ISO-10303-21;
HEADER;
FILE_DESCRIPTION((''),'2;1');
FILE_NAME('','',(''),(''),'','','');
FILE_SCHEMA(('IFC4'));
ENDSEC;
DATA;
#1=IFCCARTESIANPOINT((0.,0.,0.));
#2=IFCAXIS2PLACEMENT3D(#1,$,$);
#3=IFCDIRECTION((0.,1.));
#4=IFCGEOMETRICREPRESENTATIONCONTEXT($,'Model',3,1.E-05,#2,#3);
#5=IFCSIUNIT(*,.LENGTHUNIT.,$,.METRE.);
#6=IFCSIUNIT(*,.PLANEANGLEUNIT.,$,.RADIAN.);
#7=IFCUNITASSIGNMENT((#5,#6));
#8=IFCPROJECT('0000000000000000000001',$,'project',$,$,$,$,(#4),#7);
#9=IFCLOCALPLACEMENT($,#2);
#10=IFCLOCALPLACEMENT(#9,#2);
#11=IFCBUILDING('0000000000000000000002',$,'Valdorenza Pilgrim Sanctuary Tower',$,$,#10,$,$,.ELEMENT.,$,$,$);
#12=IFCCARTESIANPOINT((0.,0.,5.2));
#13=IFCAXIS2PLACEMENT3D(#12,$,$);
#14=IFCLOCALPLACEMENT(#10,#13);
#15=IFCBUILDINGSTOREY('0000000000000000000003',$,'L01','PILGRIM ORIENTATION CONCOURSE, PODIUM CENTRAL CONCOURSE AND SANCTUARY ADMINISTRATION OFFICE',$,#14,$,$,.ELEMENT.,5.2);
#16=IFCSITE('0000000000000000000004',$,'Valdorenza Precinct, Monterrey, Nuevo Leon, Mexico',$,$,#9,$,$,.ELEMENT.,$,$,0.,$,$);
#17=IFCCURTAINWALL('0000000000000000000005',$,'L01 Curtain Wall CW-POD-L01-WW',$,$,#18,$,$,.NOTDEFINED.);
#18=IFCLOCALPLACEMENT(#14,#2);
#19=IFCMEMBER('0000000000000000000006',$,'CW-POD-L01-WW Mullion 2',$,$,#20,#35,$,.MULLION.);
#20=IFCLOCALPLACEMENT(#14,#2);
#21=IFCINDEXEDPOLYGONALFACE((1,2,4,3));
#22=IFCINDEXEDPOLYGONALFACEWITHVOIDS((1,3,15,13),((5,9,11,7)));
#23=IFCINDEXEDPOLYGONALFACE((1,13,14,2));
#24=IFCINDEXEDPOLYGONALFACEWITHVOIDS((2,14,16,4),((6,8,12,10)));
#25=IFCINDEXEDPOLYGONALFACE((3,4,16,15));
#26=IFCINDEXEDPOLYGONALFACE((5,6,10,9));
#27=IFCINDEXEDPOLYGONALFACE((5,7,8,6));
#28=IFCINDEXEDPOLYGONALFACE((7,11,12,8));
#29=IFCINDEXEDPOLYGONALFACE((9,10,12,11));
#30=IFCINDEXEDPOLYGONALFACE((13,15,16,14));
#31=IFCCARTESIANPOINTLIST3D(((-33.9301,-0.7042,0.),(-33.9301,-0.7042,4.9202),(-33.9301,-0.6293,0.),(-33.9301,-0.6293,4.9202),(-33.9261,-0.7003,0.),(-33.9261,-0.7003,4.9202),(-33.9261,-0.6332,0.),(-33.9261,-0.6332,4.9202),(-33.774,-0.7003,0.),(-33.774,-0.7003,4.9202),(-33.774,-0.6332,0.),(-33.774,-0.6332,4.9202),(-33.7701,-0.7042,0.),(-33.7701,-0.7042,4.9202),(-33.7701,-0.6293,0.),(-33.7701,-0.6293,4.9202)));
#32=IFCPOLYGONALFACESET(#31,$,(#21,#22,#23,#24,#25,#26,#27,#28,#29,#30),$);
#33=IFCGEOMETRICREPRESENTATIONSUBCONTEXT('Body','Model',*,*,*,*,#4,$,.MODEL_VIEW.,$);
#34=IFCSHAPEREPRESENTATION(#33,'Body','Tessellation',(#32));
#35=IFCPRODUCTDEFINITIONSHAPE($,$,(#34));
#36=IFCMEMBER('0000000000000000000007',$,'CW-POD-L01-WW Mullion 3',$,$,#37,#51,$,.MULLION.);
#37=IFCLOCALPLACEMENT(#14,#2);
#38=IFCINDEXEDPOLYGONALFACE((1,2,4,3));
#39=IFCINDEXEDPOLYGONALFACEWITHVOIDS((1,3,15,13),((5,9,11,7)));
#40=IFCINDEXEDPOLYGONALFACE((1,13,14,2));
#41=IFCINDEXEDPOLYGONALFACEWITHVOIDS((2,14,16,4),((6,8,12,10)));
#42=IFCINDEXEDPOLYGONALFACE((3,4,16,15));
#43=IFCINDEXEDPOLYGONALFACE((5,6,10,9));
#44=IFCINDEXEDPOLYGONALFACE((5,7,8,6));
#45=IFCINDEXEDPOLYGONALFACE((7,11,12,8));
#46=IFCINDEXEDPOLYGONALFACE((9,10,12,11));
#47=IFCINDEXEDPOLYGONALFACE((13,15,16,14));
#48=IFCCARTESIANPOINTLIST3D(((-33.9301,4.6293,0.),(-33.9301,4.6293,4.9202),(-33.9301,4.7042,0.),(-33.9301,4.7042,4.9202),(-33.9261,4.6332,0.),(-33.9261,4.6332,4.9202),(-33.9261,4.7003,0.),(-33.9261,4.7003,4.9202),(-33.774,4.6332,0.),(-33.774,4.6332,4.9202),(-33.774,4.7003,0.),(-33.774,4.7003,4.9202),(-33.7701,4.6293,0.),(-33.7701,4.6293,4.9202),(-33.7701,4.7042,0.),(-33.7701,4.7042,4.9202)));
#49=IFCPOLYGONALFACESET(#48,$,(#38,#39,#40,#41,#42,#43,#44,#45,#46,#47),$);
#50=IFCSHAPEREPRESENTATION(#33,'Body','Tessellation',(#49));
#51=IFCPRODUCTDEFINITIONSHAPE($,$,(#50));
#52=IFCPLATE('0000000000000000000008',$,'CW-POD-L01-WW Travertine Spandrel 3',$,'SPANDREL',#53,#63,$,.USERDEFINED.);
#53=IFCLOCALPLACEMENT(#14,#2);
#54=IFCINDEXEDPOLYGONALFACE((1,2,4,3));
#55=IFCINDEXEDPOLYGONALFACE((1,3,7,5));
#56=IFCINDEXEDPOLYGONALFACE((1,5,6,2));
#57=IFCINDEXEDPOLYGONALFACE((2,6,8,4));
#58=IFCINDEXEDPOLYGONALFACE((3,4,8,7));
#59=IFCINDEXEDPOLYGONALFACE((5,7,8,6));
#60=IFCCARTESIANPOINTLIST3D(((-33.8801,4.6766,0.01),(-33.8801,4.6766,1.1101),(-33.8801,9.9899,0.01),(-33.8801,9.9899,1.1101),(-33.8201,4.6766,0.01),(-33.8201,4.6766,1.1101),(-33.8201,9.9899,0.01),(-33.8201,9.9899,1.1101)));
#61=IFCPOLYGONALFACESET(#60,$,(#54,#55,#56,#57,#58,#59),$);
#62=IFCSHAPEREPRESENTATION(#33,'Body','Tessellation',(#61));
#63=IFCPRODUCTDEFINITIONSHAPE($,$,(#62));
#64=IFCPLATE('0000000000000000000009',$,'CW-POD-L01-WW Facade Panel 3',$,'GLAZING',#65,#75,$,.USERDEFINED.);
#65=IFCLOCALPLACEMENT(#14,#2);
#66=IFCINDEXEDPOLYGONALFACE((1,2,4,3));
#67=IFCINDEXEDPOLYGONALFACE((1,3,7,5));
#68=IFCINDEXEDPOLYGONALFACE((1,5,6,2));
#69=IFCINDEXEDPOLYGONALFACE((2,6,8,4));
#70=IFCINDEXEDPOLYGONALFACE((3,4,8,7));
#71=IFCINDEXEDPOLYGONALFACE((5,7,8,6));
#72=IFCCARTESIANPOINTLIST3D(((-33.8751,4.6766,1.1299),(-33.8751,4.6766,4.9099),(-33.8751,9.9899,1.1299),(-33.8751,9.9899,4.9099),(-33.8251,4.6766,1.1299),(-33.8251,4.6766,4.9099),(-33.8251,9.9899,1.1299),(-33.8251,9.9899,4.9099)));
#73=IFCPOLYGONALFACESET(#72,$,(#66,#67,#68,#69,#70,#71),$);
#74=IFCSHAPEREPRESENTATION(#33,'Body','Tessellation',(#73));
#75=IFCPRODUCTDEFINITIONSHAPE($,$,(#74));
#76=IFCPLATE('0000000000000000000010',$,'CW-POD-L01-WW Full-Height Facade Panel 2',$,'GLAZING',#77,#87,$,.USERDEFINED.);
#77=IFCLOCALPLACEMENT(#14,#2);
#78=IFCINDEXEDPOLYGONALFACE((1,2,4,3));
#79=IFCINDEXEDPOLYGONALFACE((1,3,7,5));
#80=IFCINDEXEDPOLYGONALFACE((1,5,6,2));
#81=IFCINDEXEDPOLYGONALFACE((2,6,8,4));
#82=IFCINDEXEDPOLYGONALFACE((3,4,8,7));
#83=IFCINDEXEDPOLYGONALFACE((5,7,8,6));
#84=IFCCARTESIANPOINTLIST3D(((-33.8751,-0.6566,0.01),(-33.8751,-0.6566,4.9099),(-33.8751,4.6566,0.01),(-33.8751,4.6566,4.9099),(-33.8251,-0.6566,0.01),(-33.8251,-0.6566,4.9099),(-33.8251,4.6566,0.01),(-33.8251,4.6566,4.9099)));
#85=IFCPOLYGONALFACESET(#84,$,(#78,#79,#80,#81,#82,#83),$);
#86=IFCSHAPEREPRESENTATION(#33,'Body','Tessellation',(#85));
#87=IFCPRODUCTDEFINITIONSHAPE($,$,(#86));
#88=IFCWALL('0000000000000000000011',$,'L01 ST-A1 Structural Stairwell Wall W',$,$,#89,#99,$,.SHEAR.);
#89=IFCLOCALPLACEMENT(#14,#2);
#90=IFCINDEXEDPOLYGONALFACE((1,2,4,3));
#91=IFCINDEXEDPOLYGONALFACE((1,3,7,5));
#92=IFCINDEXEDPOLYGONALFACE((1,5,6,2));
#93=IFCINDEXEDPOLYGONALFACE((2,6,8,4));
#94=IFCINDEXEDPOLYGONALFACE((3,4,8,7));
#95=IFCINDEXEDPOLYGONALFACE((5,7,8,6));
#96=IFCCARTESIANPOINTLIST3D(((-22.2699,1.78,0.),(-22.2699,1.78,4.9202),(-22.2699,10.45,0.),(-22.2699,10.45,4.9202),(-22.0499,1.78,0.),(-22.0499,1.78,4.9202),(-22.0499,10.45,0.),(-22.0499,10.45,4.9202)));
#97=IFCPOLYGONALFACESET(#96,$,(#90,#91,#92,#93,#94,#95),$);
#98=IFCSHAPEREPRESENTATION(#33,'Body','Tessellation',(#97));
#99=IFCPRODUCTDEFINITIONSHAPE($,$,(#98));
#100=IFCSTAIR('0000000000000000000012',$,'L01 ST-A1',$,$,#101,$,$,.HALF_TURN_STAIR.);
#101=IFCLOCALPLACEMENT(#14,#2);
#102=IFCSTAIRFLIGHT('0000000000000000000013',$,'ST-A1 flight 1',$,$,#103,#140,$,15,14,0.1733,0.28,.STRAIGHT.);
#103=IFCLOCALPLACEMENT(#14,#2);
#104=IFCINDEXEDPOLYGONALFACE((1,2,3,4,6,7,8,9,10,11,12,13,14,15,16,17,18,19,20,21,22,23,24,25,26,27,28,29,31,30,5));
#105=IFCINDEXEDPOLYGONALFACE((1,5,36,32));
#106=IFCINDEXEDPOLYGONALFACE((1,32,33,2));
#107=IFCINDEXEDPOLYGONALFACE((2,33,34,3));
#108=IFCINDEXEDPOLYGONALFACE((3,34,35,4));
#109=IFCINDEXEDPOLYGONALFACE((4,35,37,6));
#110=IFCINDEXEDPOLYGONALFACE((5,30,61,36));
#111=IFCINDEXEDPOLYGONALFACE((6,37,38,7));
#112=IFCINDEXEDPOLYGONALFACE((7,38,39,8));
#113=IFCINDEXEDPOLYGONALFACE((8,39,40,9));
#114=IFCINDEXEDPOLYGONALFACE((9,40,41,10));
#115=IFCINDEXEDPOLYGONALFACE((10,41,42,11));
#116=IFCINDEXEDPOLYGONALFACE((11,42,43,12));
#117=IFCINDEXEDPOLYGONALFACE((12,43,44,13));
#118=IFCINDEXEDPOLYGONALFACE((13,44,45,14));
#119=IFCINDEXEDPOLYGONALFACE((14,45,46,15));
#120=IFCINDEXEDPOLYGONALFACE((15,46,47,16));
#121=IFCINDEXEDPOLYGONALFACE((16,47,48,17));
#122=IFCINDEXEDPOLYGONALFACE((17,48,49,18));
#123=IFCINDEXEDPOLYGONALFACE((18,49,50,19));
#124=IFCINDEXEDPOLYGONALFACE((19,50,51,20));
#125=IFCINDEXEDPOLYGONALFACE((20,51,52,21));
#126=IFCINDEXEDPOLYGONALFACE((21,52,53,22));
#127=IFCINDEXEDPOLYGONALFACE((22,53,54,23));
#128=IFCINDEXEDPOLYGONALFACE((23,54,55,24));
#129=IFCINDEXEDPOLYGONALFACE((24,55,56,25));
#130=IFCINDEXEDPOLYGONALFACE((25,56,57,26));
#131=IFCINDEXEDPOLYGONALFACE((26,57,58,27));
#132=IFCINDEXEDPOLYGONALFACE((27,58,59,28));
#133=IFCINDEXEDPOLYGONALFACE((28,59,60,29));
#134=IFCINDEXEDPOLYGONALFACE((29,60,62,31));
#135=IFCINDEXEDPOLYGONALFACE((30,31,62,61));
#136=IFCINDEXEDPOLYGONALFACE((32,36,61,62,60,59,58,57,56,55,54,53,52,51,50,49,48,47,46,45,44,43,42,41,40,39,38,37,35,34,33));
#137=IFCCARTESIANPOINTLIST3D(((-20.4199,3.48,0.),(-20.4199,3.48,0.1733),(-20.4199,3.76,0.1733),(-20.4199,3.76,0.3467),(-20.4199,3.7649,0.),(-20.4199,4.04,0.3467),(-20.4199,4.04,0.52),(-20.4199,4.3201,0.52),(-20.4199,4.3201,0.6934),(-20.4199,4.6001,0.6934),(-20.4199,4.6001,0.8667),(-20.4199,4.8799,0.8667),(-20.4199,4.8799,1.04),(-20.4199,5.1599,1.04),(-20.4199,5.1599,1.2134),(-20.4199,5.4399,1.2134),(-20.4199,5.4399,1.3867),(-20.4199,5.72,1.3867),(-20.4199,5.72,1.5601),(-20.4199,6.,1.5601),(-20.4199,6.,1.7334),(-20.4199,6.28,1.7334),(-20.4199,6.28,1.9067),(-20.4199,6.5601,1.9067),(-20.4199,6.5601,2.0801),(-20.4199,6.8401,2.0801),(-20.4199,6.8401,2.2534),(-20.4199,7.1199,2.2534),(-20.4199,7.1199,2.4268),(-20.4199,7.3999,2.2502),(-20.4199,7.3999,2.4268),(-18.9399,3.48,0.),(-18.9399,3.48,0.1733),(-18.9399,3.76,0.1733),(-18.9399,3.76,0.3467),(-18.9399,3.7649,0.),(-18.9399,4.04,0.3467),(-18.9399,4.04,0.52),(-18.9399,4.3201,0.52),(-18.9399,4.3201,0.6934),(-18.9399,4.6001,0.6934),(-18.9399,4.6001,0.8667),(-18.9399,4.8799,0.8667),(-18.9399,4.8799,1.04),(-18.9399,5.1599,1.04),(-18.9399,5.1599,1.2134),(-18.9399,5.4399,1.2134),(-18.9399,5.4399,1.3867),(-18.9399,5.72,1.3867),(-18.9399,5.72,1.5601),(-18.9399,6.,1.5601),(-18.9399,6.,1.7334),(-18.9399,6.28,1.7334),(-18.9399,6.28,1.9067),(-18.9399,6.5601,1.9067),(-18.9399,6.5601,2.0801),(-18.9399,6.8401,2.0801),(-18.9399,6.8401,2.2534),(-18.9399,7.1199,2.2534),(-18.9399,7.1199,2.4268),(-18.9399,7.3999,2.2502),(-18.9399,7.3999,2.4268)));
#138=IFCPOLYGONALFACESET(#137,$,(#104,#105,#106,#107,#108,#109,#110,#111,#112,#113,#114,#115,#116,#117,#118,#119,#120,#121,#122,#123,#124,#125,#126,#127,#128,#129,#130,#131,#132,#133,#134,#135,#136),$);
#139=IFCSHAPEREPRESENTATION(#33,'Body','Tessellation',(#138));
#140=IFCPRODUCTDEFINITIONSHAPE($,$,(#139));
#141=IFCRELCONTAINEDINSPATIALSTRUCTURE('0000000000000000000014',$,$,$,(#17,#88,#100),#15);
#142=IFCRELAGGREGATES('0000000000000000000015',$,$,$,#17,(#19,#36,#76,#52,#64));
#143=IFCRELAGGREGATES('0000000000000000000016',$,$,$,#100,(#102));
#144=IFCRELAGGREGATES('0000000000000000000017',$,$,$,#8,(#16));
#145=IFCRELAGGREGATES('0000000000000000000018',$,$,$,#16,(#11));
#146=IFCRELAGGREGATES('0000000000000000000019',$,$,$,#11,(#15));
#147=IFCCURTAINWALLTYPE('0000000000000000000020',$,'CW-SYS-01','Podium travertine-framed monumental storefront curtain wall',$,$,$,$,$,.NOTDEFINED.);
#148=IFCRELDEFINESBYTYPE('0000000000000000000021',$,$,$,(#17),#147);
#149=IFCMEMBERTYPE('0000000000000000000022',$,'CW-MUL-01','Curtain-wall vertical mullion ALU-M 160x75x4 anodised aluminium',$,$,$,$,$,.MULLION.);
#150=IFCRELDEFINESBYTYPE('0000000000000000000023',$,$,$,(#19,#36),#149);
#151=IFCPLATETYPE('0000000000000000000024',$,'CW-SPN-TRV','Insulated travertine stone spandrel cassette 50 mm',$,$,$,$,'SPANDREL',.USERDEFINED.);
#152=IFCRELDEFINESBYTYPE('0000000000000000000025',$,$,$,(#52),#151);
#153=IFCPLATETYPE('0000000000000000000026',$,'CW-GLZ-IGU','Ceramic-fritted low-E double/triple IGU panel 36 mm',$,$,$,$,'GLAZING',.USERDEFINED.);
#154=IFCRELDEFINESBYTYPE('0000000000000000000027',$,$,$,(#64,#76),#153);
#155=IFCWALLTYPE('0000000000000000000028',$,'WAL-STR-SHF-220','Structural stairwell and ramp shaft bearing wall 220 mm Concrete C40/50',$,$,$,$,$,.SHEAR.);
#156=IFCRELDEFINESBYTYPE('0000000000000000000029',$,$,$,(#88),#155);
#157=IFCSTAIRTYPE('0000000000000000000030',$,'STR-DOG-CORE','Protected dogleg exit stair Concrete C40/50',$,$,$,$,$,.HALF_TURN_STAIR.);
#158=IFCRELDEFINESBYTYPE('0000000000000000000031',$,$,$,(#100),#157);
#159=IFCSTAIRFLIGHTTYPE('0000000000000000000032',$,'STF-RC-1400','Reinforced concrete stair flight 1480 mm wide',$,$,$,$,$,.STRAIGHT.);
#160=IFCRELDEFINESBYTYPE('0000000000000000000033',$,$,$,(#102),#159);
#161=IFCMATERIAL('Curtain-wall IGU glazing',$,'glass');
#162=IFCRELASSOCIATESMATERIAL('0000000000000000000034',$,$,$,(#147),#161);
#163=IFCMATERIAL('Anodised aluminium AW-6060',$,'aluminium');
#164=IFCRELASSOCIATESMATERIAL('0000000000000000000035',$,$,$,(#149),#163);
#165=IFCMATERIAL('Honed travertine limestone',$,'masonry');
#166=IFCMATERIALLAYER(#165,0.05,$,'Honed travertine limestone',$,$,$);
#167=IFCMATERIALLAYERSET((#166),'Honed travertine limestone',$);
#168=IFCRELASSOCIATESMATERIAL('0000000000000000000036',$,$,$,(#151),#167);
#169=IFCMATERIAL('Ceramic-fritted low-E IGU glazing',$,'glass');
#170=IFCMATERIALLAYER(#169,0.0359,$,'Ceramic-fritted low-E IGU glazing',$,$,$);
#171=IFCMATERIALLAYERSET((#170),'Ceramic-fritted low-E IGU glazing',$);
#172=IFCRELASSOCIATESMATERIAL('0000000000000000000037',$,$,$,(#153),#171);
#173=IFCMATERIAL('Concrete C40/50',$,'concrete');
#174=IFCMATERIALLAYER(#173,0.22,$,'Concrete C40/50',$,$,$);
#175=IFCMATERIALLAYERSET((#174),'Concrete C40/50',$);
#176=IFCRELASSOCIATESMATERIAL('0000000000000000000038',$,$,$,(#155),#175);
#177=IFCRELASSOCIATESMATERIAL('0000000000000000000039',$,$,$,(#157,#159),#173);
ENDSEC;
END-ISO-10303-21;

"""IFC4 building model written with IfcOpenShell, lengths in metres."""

from ifc_helpers import new_model, si_unit, direction, frame, frame_2d, origin, origin_2d, place, context, subcontext, project, spatial, polyline, rectangle, hollow_rectangle, outline, extrude, source, transform, mapped, material, layer, layer_set, material_profile, profile_set, type_object, element, aggregate, save


model = new_model("IFC4")

# Units and contexts
model_context = context("Model", 3, precision=1e-05, world=origin(), true_north=direction((0.0, 1.0)))
body_context = subcontext(model_context, "Body", "Model", "MODEL_VIEW")
ifc_project = project(units=[si_unit("LENGTHUNIT", "METRE"), si_unit("PLANEANGLEUNIT", "RADIAN")], contexts=[model_context])

# Site, building, storey
site_placement = place(None, origin())
site = spatial("IfcSite", under=ifc_project, at=site_placement, Name="Valdorenza Precinct, Monterrey, Nuevo Leon, Mexico", CompositionType="ELEMENT", RefElevation=0.0)
building_placement = place(site_placement, origin())
building = spatial("IfcBuilding", under=site, at=building_placement, Name="Valdorenza Pilgrim Sanctuary Tower", CompositionType="ELEMENT")
storey_placement = place(building_placement, frame((0.0, 0.0, 5.2)))
storey = spatial("IfcBuildingStorey", under=building, at=storey_placement, Name="L01", Description="PILGRIM ORIENTATION CONCOURSE, PODIUM CENTRAL CONCOURSE AND SANCTUARY ADMINISTRATION OFFICE", CompositionType="ELEMENT", Elevation=5.2)

# Curtain wall, members, plates
ifc_material_1 = material(Name="Curtain-wall IGU glazing", Category="glass")
curtain_wall_type = type_object("IfcCurtainWallType", Name="CW-SYS-01", Description="Podium travertine-framed monumental storefront curtain wall", PredefinedType="NOTDEFINED", material=ifc_material_1)
curtain_wall_placement = place(storey_placement, origin())
curtain_wall = element("IfcCurtainWall", 1, at=curtain_wall_placement, inside=storey, type_object=curtain_wall_type, Name="L01 Curtain Wall CW-POD-L01-WW", PredefinedType="NOTDEFINED")
ifc_material_2 = material(Name="Anodised aluminium AW-6060", Category="aluminium")
ifc_material_profile_1 = material_profile(ifc_material_2, hollow_rectangle(XDim=0.075, YDim=0.1599, WallThickness=0.0039, at=origin_2d()), Name="ALU-M 160x75x4")
ifc_profile_set_1 = profile_set([ifc_material_profile_1], Name="Anodised aluminium AW-6060")
member_type = type_object("IfcMemberType", Name="CW-MUL-01", Description="Curtain-wall vertical mullion ALU-M 160x75x4 anodised aluminium", PredefinedType="MULLION", material=ifc_profile_set_1)
shared_shape_1 = source(origin(), body_context, "Body", "SweptSolid", [
    extrude(hollow_rectangle(XDim=0.075, YDim=0.1599, WallThickness=0.0039, at=origin_2d()), origin(), (0.0, 0.0, 1.0), 4.9202),
])
member_1_placement = place(storey_placement, frame((-33.8501, -0.6667, 0.0), z_axis=(0.0, 0.0, 1.0), x_axis=(0.0, 1.0, 0.0)))
member_1 = element("IfcMember", 2, at=member_1_placement, type_object=member_type, Name="CW-POD-L01-WW Mullion 2", PredefinedType="MULLION", context=body_context, shape_type="MappedRepresentation", body=[
    mapped(shared_shape_1, transform((0.0, 0.0, 0.0), x_axis=(1.0, 0.0, 0.0), y_axis=(0.0, 1.0, 0.0), z_axis=(0.0, 0.0, 1.0), scale=1.0)),
])
member_2_placement = place(storey_placement, frame((-33.8501, 4.6667, 0.0), z_axis=(0.0, 0.0, 1.0), x_axis=(0.0, 1.0, 0.0)))
member_2 = element("IfcMember", 3, at=member_2_placement, type_object=member_type, Name="CW-POD-L01-WW Mullion 3", PredefinedType="MULLION", context=body_context, shape_type="MappedRepresentation", body=[
    mapped(shared_shape_1, transform((0.0, 0.0, 0.0), x_axis=(1.0, 0.0, 0.0), y_axis=(0.0, 1.0, 0.0), z_axis=(0.0, 0.0, 1.0), scale=1.0)),
])
ifc_material_3 = material(Name="Honed travertine limestone", Category="masonry")
ifc_layer_1 = layer(ifc_material_3, 0.05, Name="Honed travertine limestone")
ifc_layer_set_1 = layer_set([ifc_layer_1], Name="Honed travertine limestone")
plate_type_1 = type_object("IfcPlateType", Name="CW-SPN-TRV", Description="Insulated travertine stone spandrel cassette 50 mm", ElementType="SPANDREL", PredefinedType="USERDEFINED", material=ifc_layer_set_1)
shared_shape_2 = source(origin(), body_context, "Body", "SweptSolid", [
    extrude(rectangle(XDim=5.3132, YDim=0.0601, at=origin_2d()), origin(), (0.0, 0.0, 1.0), 1.1001),
])
plate_1_placement = place(storey_placement, frame((-33.8501, 7.3333, 0.01), z_axis=(0.0, 0.0, 1.0), x_axis=(0.0, 1.0, 0.0)))
plate_1 = element("IfcPlate", 4, at=plate_1_placement, type_object=plate_type_1, Name="CW-POD-L01-WW Travertine Spandrel 3", ObjectType="SPANDREL", PredefinedType="USERDEFINED", context=body_context, shape_type="MappedRepresentation", body=[
    mapped(shared_shape_2, transform((0.0, 0.0, 0.0), x_axis=(1.0, 0.0, 0.0), y_axis=(0.0, 1.0, 0.0), z_axis=(0.0, 0.0, 1.0), scale=1.0)),
])
ifc_material_4 = material(Name="Ceramic-fritted low-E IGU glazing", Category="glass")
ifc_layer_2 = layer(ifc_material_4, 0.0359, Name="Ceramic-fritted low-E IGU glazing")
ifc_layer_set_2 = layer_set([ifc_layer_2], Name="Ceramic-fritted low-E IGU glazing")
plate_type_2 = type_object("IfcPlateType", Name="CW-GLZ-IGU", Description="Ceramic-fritted low-E double/triple IGU panel 36 mm", ElementType="GLAZING", PredefinedType="USERDEFINED", material=ifc_layer_set_2)
shared_shape_3 = source(origin(), body_context, "Body", "SweptSolid", [
    extrude(rectangle(XDim=5.3132, YDim=0.05, at=origin_2d()), origin(), (0.0, 0.0, 1.0), 3.78),
])
plate_2_placement = place(storey_placement, frame((-33.8501, 7.3333, 1.1299), z_axis=(0.0, 0.0, 1.0), x_axis=(0.0, 1.0, 0.0)))
plate_2 = element("IfcPlate", 5, at=plate_2_placement, type_object=plate_type_2, Name="CW-POD-L01-WW Facade Panel 3", ObjectType="GLAZING", PredefinedType="USERDEFINED", context=body_context, shape_type="MappedRepresentation", body=[
    mapped(shared_shape_3, transform((0.0, 0.0, 0.0), x_axis=(1.0, 0.0, 0.0), y_axis=(0.0, 1.0, 0.0), z_axis=(0.0, 0.0, 1.0), scale=1.0)),
])
shared_shape_4 = source(origin(), body_context, "Body", "SweptSolid", [
    extrude(rectangle(XDim=5.3132, YDim=0.05, at=origin_2d()), origin(), (0.0, 0.0, 1.0), 4.8999),
])
plate_3_placement = place(storey_placement, frame((-33.8501, 2.0, 0.01), z_axis=(0.0, 0.0, 1.0), x_axis=(0.0, 1.0, 0.0)))
plate_3 = element("IfcPlate", 6, at=plate_3_placement, type_object=plate_type_2, Name="CW-POD-L01-WW Full-Height Facade Panel 2", ObjectType="GLAZING", PredefinedType="USERDEFINED", context=body_context, shape_type="MappedRepresentation", body=[
    mapped(shared_shape_4, transform((0.0, 0.0, 0.0), x_axis=(1.0, 0.0, 0.0), y_axis=(0.0, 1.0, 0.0), z_axis=(0.0, 0.0, 1.0), scale=1.0)),
])
aggregate(curtain_wall, [member_1, member_2, plate_3, plate_1, plate_2])

# Wall
ifc_material_5 = material(Name="Concrete C40/50", Category="concrete")
ifc_layer_3 = layer(ifc_material_5, 0.22, Name="Concrete C40/50")
ifc_layer_set_3 = layer_set([ifc_layer_3], Name="Concrete C40/50")
wall_type = type_object("IfcWallType", Name="WAL-STR-SHF-220", Description="Structural stairwell and ramp shaft bearing wall 220 mm Concrete C40/50", PredefinedType="SHEAR", material=ifc_layer_set_3)
wall_1_placement = place(storey_placement, frame((-22.1599, 1.78, 0.0), z_axis=(0.0, 0.0, 1.0), x_axis=(0.0, 1.0, 0.0)))
element("IfcWall", 7, at=wall_1_placement, inside=storey, type_object=wall_type, Name="L01 ST-A1 Structural Stairwell Wall W", PredefinedType="SHEAR", context=body_context, shape_type="SweptSolid", body=[
    extrude(rectangle(XDim=8.6699, YDim=0.22, at=frame_2d((4.335, 0.0))), origin(), (0.0, 0.0, 1.0), 4.9202),
])

# Stair, stair flight
stair_type = type_object("IfcStairType", Name="STR-DOG-CORE", Description="Protected dogleg exit stair Concrete C40/50", PredefinedType="HALF_TURN_STAIR", material=ifc_material_5)
stair_placement = place(storey_placement, origin())
stair = element("IfcStair", 8, at=stair_placement, inside=storey, type_object=stair_type, Name="L01 ST-A1", PredefinedType="HALF_TURN_STAIR")
stair_flight_type = type_object("IfcStairFlightType", Name="STF-RC-1400", Description="Reinforced concrete stair flight 1480 mm wide", PredefinedType="STRAIGHT", material=ifc_material_5)
stair_flight_placement = place(storey_placement, frame((-19.6799, 3.48, 0.0), z_axis=(0.0, 0.0, 1.0), x_axis=(0.0, 1.0, 0.0)))
stair_flight = element("IfcStairFlight", 9, at=stair_flight_placement, type_object=stair_flight_type, Name="ST-A1 flight 1", NumberOfRisers=15, NumberOfTreads=14, PredefinedType="STRAIGHT", RiserHeight=0.1733, TreadLength=0.28, context=body_context, shape_type="SweptSolid", body=[
    extrude(outline(polyline([(0.0, 0.0), (0.0, 0.1733), (0.28, 0.1733), (0.28, 0.3467), (0.5601, 0.3467), (0.5601, 0.52), (0.8401, 0.52), (0.8401, 0.6934), (1.1201, 0.6934), (1.1201, 0.8667), (1.3999, 0.8667), (1.3999, 1.04), (1.6799, 1.04), (1.6799, 1.2134), (1.96, 1.2134), (1.96, 1.3867), (2.24, 1.3867), (2.24, 1.5601), (2.52, 1.5601), (2.52, 1.7334), (2.8, 1.7334), (2.8, 1.9067), (3.0801, 1.9067), (3.0801, 2.0801), (3.3601, 2.0801), (3.3601, 2.2534), (3.6399, 2.2534), (3.6399, 2.4268), (3.9199, 2.4268), (3.9199, 2.6001), (3.9199, 2.2502), (0.2849, 0.0), (0.0, 0.0)])), frame((0.0, 0.74, 0.0), z_axis=(0.0, -1.0, 0.0), x_axis=(1.0, 0.0, 0.0)), (0.0, 0.0, 1.0), 1.48),
])
aggregate(stair, [stair_flight])

save(model, "model.ifc")
